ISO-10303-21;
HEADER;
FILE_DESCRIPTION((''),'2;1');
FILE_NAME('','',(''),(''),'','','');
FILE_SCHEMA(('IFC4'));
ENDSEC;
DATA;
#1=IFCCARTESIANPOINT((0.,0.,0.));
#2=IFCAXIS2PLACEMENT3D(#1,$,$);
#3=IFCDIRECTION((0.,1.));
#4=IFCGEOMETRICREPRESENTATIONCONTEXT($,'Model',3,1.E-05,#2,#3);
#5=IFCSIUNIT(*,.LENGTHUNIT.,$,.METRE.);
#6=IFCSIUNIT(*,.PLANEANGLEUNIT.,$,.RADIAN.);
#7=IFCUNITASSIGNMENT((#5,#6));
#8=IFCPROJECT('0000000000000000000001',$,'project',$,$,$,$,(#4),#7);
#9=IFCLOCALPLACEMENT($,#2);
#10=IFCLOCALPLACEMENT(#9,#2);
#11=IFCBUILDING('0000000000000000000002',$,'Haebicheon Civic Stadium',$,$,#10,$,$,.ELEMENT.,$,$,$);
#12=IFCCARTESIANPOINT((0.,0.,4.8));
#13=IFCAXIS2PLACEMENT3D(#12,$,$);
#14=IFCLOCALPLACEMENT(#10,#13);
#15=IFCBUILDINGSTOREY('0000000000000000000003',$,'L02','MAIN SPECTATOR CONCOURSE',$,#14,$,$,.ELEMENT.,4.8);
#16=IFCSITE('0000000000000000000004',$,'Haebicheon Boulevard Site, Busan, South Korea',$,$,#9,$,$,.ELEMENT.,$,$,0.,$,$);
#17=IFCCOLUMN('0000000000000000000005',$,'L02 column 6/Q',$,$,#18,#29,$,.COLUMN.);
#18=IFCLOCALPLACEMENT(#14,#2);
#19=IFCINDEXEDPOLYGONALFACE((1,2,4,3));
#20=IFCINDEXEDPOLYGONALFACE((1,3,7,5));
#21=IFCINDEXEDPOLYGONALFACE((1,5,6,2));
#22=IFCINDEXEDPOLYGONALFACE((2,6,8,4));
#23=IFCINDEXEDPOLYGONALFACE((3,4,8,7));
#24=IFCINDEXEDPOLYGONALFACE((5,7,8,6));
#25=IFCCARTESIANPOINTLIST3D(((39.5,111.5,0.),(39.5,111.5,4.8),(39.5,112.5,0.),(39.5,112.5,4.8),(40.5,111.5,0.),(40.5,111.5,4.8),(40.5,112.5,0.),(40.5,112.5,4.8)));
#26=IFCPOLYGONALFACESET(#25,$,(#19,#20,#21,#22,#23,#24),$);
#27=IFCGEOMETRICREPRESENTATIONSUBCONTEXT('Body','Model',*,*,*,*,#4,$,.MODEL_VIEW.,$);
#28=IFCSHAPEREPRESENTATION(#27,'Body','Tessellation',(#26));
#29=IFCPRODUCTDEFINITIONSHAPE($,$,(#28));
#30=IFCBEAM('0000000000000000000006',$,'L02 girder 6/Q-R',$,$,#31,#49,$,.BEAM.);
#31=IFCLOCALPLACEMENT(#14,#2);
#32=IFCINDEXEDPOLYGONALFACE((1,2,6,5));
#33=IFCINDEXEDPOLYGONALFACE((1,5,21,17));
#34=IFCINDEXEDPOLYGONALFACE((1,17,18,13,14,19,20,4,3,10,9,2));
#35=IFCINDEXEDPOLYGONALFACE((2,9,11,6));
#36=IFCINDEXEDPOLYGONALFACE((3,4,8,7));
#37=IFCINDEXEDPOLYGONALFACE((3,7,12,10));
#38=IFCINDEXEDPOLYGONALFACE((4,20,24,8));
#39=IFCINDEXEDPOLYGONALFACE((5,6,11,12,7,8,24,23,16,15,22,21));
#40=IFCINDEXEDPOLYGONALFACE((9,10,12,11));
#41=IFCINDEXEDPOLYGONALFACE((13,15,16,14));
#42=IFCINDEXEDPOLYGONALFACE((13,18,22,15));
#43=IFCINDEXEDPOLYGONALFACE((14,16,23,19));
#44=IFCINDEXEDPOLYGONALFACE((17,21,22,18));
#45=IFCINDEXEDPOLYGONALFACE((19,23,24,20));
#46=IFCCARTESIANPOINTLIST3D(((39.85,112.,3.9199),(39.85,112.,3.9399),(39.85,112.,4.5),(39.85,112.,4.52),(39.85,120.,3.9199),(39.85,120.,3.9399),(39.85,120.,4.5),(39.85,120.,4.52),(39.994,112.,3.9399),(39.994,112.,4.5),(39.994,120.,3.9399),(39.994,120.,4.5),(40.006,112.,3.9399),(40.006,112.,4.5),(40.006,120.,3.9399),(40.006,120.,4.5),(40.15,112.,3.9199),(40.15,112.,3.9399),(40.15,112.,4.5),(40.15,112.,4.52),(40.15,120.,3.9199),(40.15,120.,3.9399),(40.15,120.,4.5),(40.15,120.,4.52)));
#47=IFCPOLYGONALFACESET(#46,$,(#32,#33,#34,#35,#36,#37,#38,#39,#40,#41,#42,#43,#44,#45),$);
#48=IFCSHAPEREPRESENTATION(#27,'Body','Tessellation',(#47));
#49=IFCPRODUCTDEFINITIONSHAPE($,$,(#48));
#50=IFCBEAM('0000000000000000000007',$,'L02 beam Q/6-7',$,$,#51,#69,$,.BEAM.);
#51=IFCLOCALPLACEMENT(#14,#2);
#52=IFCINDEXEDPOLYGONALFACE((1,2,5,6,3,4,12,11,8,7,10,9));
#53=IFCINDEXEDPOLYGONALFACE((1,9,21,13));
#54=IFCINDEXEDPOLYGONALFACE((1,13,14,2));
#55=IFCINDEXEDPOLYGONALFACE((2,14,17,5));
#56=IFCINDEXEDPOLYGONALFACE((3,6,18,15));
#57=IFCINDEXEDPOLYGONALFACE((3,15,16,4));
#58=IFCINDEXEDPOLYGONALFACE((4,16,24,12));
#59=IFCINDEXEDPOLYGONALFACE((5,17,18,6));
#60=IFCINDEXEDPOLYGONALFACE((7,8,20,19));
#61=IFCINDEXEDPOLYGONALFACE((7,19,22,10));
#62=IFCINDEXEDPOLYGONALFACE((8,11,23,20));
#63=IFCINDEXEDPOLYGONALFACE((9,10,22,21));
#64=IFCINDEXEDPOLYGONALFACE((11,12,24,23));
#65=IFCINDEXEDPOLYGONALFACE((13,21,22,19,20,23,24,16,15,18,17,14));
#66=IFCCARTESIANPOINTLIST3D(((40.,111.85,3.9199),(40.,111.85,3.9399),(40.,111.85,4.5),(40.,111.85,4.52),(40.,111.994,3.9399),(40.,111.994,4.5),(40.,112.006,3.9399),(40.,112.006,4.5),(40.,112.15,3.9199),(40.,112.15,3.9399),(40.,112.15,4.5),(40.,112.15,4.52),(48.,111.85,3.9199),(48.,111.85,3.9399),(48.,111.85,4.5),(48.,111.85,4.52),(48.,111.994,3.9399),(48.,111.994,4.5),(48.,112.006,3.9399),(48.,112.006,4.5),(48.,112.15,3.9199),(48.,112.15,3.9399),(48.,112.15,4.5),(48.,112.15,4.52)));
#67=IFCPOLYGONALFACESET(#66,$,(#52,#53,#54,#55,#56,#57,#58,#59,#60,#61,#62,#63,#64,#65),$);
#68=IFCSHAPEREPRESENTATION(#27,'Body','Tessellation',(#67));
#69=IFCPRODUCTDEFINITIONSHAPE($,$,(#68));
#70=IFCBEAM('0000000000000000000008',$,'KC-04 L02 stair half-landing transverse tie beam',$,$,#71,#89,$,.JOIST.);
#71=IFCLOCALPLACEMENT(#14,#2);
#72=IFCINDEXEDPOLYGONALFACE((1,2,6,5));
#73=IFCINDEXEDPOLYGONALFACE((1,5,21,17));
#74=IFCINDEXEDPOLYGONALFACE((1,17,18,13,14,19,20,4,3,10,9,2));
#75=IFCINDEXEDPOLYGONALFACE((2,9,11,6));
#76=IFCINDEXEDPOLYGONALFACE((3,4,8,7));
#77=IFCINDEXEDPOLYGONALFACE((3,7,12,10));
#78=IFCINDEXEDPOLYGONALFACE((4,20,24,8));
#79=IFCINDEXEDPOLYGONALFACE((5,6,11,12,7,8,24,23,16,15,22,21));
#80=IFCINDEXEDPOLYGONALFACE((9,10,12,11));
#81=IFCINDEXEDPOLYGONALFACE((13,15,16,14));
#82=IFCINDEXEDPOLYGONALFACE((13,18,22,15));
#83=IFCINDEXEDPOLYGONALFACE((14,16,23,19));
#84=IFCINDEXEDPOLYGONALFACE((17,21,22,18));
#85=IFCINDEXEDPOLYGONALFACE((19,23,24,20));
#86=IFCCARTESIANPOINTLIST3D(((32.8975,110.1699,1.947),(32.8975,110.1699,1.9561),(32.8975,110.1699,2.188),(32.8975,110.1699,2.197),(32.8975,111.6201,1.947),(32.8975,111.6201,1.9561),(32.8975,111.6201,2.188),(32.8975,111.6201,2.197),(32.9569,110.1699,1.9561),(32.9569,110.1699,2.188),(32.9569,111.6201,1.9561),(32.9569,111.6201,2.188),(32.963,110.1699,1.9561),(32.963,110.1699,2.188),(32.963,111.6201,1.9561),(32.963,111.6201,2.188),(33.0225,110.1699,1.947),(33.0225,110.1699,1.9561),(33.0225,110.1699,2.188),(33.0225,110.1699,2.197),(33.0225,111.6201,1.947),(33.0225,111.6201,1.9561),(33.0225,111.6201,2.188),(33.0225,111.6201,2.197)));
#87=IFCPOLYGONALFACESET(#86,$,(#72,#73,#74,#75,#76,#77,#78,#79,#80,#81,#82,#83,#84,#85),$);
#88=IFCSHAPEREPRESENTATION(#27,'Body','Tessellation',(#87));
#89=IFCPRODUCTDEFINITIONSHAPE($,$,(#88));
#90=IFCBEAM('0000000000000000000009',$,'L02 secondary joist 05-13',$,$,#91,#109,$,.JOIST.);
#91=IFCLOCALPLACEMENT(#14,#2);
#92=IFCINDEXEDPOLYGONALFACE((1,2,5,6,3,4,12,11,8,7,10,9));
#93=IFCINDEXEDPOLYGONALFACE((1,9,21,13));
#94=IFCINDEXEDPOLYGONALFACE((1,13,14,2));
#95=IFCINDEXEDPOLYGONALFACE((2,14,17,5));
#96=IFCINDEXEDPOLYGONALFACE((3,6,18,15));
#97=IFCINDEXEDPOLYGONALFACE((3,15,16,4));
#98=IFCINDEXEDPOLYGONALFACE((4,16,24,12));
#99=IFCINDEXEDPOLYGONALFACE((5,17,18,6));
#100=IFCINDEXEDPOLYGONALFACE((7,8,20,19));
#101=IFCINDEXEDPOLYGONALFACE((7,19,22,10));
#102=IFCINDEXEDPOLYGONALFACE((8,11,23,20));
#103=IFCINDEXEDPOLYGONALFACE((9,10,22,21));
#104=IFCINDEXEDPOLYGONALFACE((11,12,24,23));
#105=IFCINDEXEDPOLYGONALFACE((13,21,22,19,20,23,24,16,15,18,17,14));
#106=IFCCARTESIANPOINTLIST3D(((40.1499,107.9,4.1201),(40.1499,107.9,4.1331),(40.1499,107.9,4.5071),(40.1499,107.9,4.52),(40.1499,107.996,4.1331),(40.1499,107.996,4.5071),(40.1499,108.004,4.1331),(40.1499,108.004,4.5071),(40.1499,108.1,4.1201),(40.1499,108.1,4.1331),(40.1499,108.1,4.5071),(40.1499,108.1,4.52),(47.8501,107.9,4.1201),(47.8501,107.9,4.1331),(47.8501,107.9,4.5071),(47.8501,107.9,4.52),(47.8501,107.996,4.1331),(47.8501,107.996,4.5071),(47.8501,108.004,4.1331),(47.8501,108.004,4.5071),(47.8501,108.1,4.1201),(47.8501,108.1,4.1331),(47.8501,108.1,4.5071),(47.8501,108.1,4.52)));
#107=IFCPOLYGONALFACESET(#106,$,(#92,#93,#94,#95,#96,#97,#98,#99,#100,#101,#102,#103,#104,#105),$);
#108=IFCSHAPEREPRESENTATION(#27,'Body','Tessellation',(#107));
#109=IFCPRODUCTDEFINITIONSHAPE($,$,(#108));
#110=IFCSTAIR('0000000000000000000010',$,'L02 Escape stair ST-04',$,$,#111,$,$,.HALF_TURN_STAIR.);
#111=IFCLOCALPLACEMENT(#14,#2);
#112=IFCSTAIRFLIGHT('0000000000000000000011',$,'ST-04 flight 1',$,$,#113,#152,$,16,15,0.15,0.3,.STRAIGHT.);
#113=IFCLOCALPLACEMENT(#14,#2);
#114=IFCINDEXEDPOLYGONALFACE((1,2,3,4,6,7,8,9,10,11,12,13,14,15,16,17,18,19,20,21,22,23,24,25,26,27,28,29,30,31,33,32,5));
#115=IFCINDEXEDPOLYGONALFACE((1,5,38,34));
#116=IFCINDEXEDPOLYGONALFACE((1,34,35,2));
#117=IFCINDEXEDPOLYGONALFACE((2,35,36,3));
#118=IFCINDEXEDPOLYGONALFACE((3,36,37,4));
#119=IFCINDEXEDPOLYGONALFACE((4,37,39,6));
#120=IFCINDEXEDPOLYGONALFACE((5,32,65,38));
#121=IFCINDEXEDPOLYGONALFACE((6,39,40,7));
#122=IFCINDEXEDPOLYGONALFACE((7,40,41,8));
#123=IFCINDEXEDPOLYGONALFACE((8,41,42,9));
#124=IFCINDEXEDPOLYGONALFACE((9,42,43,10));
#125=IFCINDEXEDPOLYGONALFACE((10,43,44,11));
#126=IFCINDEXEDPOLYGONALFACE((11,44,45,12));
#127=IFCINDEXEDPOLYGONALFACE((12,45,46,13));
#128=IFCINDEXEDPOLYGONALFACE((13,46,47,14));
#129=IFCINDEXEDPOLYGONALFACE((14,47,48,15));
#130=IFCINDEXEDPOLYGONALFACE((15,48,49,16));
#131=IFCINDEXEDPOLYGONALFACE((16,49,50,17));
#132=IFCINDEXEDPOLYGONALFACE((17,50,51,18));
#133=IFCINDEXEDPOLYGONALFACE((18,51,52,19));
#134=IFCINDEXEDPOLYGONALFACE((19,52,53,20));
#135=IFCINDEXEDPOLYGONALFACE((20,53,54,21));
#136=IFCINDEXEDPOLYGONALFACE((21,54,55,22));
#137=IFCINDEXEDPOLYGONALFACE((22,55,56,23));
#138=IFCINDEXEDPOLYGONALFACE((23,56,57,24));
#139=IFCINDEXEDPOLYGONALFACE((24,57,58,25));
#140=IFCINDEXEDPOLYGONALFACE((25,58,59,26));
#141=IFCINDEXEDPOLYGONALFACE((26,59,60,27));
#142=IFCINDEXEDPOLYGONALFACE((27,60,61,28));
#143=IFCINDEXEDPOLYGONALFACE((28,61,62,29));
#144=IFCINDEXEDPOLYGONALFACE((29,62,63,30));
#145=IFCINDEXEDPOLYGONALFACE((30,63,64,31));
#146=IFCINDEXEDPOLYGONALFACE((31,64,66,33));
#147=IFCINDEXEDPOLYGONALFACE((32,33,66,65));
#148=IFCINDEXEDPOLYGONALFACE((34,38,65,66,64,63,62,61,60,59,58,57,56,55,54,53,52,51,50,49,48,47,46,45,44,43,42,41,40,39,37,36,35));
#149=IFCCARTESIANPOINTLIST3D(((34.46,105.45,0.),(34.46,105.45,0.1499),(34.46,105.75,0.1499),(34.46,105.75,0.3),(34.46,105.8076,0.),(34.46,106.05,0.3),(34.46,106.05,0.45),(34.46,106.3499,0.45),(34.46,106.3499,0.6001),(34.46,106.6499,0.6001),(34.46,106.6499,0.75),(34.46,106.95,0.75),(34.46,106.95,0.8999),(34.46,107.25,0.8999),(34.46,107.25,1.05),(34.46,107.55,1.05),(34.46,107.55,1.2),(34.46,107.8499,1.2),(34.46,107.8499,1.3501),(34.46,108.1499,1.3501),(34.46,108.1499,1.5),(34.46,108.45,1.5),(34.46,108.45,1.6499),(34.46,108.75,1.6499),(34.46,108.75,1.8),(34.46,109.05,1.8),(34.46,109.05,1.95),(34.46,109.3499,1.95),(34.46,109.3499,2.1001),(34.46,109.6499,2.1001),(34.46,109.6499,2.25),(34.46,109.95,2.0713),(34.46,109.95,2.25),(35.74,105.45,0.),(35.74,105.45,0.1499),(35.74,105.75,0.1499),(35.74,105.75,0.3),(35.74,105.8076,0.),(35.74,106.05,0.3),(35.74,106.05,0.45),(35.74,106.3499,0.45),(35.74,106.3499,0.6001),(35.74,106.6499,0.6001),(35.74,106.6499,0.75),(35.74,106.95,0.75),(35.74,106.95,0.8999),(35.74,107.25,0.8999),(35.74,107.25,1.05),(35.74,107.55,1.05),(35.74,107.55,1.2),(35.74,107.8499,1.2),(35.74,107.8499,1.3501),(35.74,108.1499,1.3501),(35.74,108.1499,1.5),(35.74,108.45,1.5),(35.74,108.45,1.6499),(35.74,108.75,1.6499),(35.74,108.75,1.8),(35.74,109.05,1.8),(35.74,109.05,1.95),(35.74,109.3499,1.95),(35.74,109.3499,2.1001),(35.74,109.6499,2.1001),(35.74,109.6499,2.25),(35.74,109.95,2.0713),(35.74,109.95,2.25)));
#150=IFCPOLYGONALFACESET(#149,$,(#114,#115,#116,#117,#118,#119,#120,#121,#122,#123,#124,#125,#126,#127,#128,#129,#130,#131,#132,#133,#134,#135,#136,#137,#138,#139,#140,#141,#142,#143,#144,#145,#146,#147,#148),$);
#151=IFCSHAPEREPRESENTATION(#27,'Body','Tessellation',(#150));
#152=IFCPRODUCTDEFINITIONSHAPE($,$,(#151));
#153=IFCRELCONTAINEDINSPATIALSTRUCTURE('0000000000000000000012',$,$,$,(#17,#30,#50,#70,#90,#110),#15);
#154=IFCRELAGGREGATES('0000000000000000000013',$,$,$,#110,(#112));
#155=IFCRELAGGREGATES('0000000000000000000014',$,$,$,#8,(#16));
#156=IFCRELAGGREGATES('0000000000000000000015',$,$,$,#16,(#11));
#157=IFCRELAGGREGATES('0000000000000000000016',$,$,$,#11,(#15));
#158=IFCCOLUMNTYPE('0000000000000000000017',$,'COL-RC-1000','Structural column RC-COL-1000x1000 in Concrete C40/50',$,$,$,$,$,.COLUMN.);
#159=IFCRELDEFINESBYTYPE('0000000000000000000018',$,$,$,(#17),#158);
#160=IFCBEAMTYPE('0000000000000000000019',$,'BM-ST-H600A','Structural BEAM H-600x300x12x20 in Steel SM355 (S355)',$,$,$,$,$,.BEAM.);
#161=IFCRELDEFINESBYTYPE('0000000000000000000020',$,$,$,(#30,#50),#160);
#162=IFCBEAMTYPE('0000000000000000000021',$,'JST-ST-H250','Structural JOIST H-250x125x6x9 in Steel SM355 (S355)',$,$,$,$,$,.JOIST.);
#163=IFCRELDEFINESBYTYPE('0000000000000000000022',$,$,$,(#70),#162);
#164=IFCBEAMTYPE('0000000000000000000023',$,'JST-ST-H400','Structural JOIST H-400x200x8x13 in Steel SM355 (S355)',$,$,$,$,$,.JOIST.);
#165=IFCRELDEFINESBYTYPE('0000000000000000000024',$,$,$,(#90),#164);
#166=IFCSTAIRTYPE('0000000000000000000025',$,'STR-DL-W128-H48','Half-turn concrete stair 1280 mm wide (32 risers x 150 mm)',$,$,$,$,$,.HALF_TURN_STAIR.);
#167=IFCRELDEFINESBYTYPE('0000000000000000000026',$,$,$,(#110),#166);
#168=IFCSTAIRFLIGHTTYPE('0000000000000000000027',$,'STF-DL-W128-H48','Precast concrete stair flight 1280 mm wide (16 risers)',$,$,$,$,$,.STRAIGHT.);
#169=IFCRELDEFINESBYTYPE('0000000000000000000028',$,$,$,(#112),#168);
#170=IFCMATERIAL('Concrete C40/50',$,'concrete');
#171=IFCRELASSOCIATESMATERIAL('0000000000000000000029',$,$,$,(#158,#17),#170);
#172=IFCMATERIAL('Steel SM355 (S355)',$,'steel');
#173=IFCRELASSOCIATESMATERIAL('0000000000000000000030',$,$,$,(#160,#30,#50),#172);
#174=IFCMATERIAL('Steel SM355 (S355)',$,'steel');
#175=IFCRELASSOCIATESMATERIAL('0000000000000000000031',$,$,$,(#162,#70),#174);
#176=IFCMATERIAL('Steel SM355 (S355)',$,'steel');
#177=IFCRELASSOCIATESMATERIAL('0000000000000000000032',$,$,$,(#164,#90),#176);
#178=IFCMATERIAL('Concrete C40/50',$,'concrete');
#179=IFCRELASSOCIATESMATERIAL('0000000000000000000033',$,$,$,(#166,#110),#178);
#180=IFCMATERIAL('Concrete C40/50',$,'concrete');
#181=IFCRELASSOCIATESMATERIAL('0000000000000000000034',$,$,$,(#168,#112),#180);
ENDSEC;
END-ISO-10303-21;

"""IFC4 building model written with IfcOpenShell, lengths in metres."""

from ifc_helpers import new_model, si_unit, direction, frame, origin, origin_2d, place, context, subcontext, project, spatial, polyline, rectangle, i_section, outline, extrude, material, material_profile, profile_set, type_object, element, aggregate, save


model = new_model("IFC4")

# Units and contexts
model_context = context("Model", 3, precision=1e-05, world=origin(), true_north=direction((0.0, 1.0)))
body_context = subcontext(model_context, "Body", "Model", "MODEL_VIEW")
ifc_project = project(units=[si_unit("LENGTHUNIT", "METRE"), si_unit("PLANEANGLEUNIT", "RADIAN")], contexts=[model_context])

# Site, building, storey
site_placement = place(None, origin())
site = spatial("IfcSite", under=ifc_project, at=site_placement, Name="Haebicheon Boulevard Site, Busan, South Korea", CompositionType="ELEMENT", RefElevation=0.0)
building_placement = place(site_placement, origin())
building = spatial("IfcBuilding", under=site, at=building_placement, Name="Haebicheon Civic Stadium", CompositionType="ELEMENT")
storey_placement = place(building_placement, frame((0.0, 0.0, 4.8)))
storey = spatial("IfcBuildingStorey", under=building, at=storey_placement, Name="L02", Description="MAIN SPECTATOR CONCOURSE", CompositionType="ELEMENT", Elevation=4.8)

# Column
ifc_material_1 = material(Name="Concrete C40/50", Category="concrete")
ifc_material_profile_1 = material_profile(ifc_material_1, rectangle(XDim=1.0, YDim=1.0, at=origin_2d()), Name="RC-COL-1000x1000")
ifc_profile_set_1 = profile_set([ifc_material_profile_1], Name="Concrete C40/50")
column_type = type_object("IfcColumnType", Name="COL-RC-1000", Description="Structural column RC-COL-1000x1000 in Concrete C40/50", PredefinedType="COLUMN", material=ifc_profile_set_1)
column_placement = place(storey_placement, frame((40.0, 112.0, 0.0), z_axis=(0.0, 0.0, 1.0), x_axis=(1.0, 0.0, 0.0)))
element("IfcColumn", 1, at=column_placement, inside=storey, type_object=column_type, material=ifc_profile_set_1, Name="L02 column 6/Q", PredefinedType="COLUMN", context=body_context, shape_type="SweptSolid", body=[
    extrude(rectangle(XDim=1.0, YDim=1.0, at=origin_2d()), origin(), (0.0, 0.0, 1.0), 4.8),
])

# Beams
ifc_material_2 = material(Name="Steel SM355 (S355)", Category="steel")
ifc_material_profile_2 = material_profile(ifc_material_2, i_section(OverallWidth=0.3, OverallDepth=0.6001, WebThickness=0.012, FlangeThickness=0.02, at=origin_2d()), Name="H-600x300x12x20")
ifc_profile_set_2 = profile_set([ifc_material_profile_2], Name="Steel SM355 (S355)")
beam_type_1 = type_object("IfcBeamType", Name="BM-ST-H600A", Description="Structural BEAM H-600x300x12x20 in Steel SM355 (S355)", PredefinedType="BEAM", material=ifc_profile_set_2)
for number, where, z_axis, x_axis, name in (
    (2, (40.0, 112.0, 4.22), (0.0, 1.0, 0.0), (-1.0, 0.0, 0.0), "L02 girder 6/Q-R"),
    (3, (40.0, 112.0, 4.22), (1.0, 0.0, 0.0), (0.0, 1.0, 0.0), "L02 beam Q/6-7"),
):
    element("IfcBeam", number, at=place(storey_placement, frame(where, z_axis=z_axis, x_axis=x_axis)), inside=storey, type_object=beam_type_1, material=ifc_profile_set_2, Name=name, PredefinedType="BEAM", context=body_context, shape_type="SweptSolid", body=[
        extrude(i_section(OverallWidth=0.3, OverallDepth=0.6001, WebThickness=0.012, FlangeThickness=0.02, at=origin_2d()), origin(), (0.0, 0.0, 1.0), 8.0),
    ])
ifc_material_3 = material(Name="Steel SM355 (S355)", Category="steel")
ifc_material_profile_3 = material_profile(ifc_material_3, i_section(OverallWidth=0.125, OverallDepth=0.25, WebThickness=0.0061, FlangeThickness=0.009, at=origin_2d()), Name="H-250x125x6x9")
ifc_profile_set_3 = profile_set([ifc_material_profile_3], Name="Steel SM355 (S355)")
beam_type_2 = type_object("IfcBeamType", Name="JST-ST-H250", Description="Structural JOIST H-250x125x6x9 in Steel SM355 (S355)", PredefinedType="JOIST", material=ifc_profile_set_3)
beam_1_placement = place(storey_placement, frame((32.96, 110.1699, 2.072), z_axis=(0.0, 1.0, 0.0), x_axis=(-1.0, 0.0, 0.0)))
element("IfcBeam", 4, at=beam_1_placement, inside=storey, type_object=beam_type_2, material=ifc_profile_set_3, Name="KC-04 L02 stair half-landing transverse tie beam", PredefinedType="JOIST", context=body_context, shape_type="SweptSolid", body=[
    extrude(i_section(OverallWidth=0.125, OverallDepth=0.25, WebThickness=0.0061, FlangeThickness=0.009, at=origin_2d()), origin(), (0.0, 0.0, 1.0), 1.4502),
])
ifc_material_4 = material(Name="Steel SM355 (S355)", Category="steel")
ifc_material_profile_4 = material_profile(ifc_material_4, i_section(OverallWidth=0.2, OverallDepth=0.3999, WebThickness=0.0081, FlangeThickness=0.0129, at=origin_2d()), Name="H-400x200x8x13")
ifc_profile_set_4 = profile_set([ifc_material_profile_4], Name="Steel SM355 (S355)")
beam_type_3 = type_object("IfcBeamType", Name="JST-ST-H400", Description="Structural JOIST H-400x200x8x13 in Steel SM355 (S355)", PredefinedType="JOIST", material=ifc_profile_set_4)
beam_2_placement = place(storey_placement, frame((40.1499, 108.0, 4.3201), z_axis=(1.0, 0.0, 0.0), x_axis=(0.0, 1.0, 0.0)))
element("IfcBeam", 5, at=beam_2_placement, inside=storey, type_object=beam_type_3, material=ifc_profile_set_4, Name="L02 secondary joist 05-13", PredefinedType="JOIST", context=body_context, shape_type="SweptSolid", body=[
    extrude(i_section(OverallWidth=0.2, OverallDepth=0.3999, WebThickness=0.0081, FlangeThickness=0.0129, at=origin_2d()), origin(), (0.0, 0.0, 1.0), 7.7002),
])

# Stair, stair flight
ifc_material_5 = material(Name="Concrete C40/50", Category="concrete")
stair_type = type_object("IfcStairType", Name="STR-DL-W128-H48", Description="Half-turn concrete stair 1280 mm wide (32 risers x 150 mm)", PredefinedType="HALF_TURN_STAIR", material=ifc_material_5)
stair_placement = place(storey_placement, origin())
stair = element("IfcStair", 6, at=stair_placement, inside=storey, type_object=stair_type, material=ifc_material_5, Name="L02 Escape stair ST-04", PredefinedType="HALF_TURN_STAIR")
ifc_material_6 = material(Name="Concrete C40/50", Category="concrete")
stair_flight_type = type_object("IfcStairFlightType", Name="STF-DL-W128-H48", Description="Precast concrete stair flight 1280 mm wide (16 risers)", PredefinedType="STRAIGHT", material=ifc_material_6)
stair_flight_1_placement = place(storey_placement, frame((35.1001, 105.45, 0.0), z_axis=(0.0, 0.0, 1.0), x_axis=(0.0, 1.0, 0.0)))
stair_flight_1 = element("IfcStairFlight", 7, at=stair_flight_1_placement, type_object=stair_flight_type, material=ifc_material_6, Name="ST-04 flight 1", NumberOfRisers=16, NumberOfTreads=15, PredefinedType="STRAIGHT", RiserHeight=0.15, TreadLength=0.3, context=body_context, shape_type="SweptSolid", body=[
    extrude(outline(polyline([(0.0, 0.0), (0.0, 0.1499), (0.3, 0.1499), (0.3, 0.3), (0.6001, 0.3), (0.6001, 0.45), (0.8999, 0.45), (0.8999, 0.6001), (1.2, 0.6001), (1.2, 0.75), (1.5, 0.75), (1.5, 0.8999), (1.8, 0.8999), (1.8, 1.05), (2.1001, 1.05), (2.1001, 1.2), (2.3999, 1.2), (2.3999, 1.3501), (2.7, 1.3501), (2.7, 1.5), (3.0, 1.5), (3.0, 1.6499), (3.3, 1.6499), (3.3, 1.8), (3.6001, 1.8), (3.6001, 1.95), (3.8999, 1.95), (3.8999, 2.1001), (4.2, 2.1001), (4.2, 2.25), (4.5, 2.25), (4.5, 2.3999), (4.5, 2.0713), (0.3577, 0.0), (0.0, 0.0)])), frame((0.0, 0.6401, 0.0), z_axis=(0.0, -1.0, 0.0), x_axis=(1.0, 0.0, 0.0)), (0.0, 0.0, 1.0), 1.28),
])
aggregate(stair, [stair_flight_1])

save(model, "model.ifc")
